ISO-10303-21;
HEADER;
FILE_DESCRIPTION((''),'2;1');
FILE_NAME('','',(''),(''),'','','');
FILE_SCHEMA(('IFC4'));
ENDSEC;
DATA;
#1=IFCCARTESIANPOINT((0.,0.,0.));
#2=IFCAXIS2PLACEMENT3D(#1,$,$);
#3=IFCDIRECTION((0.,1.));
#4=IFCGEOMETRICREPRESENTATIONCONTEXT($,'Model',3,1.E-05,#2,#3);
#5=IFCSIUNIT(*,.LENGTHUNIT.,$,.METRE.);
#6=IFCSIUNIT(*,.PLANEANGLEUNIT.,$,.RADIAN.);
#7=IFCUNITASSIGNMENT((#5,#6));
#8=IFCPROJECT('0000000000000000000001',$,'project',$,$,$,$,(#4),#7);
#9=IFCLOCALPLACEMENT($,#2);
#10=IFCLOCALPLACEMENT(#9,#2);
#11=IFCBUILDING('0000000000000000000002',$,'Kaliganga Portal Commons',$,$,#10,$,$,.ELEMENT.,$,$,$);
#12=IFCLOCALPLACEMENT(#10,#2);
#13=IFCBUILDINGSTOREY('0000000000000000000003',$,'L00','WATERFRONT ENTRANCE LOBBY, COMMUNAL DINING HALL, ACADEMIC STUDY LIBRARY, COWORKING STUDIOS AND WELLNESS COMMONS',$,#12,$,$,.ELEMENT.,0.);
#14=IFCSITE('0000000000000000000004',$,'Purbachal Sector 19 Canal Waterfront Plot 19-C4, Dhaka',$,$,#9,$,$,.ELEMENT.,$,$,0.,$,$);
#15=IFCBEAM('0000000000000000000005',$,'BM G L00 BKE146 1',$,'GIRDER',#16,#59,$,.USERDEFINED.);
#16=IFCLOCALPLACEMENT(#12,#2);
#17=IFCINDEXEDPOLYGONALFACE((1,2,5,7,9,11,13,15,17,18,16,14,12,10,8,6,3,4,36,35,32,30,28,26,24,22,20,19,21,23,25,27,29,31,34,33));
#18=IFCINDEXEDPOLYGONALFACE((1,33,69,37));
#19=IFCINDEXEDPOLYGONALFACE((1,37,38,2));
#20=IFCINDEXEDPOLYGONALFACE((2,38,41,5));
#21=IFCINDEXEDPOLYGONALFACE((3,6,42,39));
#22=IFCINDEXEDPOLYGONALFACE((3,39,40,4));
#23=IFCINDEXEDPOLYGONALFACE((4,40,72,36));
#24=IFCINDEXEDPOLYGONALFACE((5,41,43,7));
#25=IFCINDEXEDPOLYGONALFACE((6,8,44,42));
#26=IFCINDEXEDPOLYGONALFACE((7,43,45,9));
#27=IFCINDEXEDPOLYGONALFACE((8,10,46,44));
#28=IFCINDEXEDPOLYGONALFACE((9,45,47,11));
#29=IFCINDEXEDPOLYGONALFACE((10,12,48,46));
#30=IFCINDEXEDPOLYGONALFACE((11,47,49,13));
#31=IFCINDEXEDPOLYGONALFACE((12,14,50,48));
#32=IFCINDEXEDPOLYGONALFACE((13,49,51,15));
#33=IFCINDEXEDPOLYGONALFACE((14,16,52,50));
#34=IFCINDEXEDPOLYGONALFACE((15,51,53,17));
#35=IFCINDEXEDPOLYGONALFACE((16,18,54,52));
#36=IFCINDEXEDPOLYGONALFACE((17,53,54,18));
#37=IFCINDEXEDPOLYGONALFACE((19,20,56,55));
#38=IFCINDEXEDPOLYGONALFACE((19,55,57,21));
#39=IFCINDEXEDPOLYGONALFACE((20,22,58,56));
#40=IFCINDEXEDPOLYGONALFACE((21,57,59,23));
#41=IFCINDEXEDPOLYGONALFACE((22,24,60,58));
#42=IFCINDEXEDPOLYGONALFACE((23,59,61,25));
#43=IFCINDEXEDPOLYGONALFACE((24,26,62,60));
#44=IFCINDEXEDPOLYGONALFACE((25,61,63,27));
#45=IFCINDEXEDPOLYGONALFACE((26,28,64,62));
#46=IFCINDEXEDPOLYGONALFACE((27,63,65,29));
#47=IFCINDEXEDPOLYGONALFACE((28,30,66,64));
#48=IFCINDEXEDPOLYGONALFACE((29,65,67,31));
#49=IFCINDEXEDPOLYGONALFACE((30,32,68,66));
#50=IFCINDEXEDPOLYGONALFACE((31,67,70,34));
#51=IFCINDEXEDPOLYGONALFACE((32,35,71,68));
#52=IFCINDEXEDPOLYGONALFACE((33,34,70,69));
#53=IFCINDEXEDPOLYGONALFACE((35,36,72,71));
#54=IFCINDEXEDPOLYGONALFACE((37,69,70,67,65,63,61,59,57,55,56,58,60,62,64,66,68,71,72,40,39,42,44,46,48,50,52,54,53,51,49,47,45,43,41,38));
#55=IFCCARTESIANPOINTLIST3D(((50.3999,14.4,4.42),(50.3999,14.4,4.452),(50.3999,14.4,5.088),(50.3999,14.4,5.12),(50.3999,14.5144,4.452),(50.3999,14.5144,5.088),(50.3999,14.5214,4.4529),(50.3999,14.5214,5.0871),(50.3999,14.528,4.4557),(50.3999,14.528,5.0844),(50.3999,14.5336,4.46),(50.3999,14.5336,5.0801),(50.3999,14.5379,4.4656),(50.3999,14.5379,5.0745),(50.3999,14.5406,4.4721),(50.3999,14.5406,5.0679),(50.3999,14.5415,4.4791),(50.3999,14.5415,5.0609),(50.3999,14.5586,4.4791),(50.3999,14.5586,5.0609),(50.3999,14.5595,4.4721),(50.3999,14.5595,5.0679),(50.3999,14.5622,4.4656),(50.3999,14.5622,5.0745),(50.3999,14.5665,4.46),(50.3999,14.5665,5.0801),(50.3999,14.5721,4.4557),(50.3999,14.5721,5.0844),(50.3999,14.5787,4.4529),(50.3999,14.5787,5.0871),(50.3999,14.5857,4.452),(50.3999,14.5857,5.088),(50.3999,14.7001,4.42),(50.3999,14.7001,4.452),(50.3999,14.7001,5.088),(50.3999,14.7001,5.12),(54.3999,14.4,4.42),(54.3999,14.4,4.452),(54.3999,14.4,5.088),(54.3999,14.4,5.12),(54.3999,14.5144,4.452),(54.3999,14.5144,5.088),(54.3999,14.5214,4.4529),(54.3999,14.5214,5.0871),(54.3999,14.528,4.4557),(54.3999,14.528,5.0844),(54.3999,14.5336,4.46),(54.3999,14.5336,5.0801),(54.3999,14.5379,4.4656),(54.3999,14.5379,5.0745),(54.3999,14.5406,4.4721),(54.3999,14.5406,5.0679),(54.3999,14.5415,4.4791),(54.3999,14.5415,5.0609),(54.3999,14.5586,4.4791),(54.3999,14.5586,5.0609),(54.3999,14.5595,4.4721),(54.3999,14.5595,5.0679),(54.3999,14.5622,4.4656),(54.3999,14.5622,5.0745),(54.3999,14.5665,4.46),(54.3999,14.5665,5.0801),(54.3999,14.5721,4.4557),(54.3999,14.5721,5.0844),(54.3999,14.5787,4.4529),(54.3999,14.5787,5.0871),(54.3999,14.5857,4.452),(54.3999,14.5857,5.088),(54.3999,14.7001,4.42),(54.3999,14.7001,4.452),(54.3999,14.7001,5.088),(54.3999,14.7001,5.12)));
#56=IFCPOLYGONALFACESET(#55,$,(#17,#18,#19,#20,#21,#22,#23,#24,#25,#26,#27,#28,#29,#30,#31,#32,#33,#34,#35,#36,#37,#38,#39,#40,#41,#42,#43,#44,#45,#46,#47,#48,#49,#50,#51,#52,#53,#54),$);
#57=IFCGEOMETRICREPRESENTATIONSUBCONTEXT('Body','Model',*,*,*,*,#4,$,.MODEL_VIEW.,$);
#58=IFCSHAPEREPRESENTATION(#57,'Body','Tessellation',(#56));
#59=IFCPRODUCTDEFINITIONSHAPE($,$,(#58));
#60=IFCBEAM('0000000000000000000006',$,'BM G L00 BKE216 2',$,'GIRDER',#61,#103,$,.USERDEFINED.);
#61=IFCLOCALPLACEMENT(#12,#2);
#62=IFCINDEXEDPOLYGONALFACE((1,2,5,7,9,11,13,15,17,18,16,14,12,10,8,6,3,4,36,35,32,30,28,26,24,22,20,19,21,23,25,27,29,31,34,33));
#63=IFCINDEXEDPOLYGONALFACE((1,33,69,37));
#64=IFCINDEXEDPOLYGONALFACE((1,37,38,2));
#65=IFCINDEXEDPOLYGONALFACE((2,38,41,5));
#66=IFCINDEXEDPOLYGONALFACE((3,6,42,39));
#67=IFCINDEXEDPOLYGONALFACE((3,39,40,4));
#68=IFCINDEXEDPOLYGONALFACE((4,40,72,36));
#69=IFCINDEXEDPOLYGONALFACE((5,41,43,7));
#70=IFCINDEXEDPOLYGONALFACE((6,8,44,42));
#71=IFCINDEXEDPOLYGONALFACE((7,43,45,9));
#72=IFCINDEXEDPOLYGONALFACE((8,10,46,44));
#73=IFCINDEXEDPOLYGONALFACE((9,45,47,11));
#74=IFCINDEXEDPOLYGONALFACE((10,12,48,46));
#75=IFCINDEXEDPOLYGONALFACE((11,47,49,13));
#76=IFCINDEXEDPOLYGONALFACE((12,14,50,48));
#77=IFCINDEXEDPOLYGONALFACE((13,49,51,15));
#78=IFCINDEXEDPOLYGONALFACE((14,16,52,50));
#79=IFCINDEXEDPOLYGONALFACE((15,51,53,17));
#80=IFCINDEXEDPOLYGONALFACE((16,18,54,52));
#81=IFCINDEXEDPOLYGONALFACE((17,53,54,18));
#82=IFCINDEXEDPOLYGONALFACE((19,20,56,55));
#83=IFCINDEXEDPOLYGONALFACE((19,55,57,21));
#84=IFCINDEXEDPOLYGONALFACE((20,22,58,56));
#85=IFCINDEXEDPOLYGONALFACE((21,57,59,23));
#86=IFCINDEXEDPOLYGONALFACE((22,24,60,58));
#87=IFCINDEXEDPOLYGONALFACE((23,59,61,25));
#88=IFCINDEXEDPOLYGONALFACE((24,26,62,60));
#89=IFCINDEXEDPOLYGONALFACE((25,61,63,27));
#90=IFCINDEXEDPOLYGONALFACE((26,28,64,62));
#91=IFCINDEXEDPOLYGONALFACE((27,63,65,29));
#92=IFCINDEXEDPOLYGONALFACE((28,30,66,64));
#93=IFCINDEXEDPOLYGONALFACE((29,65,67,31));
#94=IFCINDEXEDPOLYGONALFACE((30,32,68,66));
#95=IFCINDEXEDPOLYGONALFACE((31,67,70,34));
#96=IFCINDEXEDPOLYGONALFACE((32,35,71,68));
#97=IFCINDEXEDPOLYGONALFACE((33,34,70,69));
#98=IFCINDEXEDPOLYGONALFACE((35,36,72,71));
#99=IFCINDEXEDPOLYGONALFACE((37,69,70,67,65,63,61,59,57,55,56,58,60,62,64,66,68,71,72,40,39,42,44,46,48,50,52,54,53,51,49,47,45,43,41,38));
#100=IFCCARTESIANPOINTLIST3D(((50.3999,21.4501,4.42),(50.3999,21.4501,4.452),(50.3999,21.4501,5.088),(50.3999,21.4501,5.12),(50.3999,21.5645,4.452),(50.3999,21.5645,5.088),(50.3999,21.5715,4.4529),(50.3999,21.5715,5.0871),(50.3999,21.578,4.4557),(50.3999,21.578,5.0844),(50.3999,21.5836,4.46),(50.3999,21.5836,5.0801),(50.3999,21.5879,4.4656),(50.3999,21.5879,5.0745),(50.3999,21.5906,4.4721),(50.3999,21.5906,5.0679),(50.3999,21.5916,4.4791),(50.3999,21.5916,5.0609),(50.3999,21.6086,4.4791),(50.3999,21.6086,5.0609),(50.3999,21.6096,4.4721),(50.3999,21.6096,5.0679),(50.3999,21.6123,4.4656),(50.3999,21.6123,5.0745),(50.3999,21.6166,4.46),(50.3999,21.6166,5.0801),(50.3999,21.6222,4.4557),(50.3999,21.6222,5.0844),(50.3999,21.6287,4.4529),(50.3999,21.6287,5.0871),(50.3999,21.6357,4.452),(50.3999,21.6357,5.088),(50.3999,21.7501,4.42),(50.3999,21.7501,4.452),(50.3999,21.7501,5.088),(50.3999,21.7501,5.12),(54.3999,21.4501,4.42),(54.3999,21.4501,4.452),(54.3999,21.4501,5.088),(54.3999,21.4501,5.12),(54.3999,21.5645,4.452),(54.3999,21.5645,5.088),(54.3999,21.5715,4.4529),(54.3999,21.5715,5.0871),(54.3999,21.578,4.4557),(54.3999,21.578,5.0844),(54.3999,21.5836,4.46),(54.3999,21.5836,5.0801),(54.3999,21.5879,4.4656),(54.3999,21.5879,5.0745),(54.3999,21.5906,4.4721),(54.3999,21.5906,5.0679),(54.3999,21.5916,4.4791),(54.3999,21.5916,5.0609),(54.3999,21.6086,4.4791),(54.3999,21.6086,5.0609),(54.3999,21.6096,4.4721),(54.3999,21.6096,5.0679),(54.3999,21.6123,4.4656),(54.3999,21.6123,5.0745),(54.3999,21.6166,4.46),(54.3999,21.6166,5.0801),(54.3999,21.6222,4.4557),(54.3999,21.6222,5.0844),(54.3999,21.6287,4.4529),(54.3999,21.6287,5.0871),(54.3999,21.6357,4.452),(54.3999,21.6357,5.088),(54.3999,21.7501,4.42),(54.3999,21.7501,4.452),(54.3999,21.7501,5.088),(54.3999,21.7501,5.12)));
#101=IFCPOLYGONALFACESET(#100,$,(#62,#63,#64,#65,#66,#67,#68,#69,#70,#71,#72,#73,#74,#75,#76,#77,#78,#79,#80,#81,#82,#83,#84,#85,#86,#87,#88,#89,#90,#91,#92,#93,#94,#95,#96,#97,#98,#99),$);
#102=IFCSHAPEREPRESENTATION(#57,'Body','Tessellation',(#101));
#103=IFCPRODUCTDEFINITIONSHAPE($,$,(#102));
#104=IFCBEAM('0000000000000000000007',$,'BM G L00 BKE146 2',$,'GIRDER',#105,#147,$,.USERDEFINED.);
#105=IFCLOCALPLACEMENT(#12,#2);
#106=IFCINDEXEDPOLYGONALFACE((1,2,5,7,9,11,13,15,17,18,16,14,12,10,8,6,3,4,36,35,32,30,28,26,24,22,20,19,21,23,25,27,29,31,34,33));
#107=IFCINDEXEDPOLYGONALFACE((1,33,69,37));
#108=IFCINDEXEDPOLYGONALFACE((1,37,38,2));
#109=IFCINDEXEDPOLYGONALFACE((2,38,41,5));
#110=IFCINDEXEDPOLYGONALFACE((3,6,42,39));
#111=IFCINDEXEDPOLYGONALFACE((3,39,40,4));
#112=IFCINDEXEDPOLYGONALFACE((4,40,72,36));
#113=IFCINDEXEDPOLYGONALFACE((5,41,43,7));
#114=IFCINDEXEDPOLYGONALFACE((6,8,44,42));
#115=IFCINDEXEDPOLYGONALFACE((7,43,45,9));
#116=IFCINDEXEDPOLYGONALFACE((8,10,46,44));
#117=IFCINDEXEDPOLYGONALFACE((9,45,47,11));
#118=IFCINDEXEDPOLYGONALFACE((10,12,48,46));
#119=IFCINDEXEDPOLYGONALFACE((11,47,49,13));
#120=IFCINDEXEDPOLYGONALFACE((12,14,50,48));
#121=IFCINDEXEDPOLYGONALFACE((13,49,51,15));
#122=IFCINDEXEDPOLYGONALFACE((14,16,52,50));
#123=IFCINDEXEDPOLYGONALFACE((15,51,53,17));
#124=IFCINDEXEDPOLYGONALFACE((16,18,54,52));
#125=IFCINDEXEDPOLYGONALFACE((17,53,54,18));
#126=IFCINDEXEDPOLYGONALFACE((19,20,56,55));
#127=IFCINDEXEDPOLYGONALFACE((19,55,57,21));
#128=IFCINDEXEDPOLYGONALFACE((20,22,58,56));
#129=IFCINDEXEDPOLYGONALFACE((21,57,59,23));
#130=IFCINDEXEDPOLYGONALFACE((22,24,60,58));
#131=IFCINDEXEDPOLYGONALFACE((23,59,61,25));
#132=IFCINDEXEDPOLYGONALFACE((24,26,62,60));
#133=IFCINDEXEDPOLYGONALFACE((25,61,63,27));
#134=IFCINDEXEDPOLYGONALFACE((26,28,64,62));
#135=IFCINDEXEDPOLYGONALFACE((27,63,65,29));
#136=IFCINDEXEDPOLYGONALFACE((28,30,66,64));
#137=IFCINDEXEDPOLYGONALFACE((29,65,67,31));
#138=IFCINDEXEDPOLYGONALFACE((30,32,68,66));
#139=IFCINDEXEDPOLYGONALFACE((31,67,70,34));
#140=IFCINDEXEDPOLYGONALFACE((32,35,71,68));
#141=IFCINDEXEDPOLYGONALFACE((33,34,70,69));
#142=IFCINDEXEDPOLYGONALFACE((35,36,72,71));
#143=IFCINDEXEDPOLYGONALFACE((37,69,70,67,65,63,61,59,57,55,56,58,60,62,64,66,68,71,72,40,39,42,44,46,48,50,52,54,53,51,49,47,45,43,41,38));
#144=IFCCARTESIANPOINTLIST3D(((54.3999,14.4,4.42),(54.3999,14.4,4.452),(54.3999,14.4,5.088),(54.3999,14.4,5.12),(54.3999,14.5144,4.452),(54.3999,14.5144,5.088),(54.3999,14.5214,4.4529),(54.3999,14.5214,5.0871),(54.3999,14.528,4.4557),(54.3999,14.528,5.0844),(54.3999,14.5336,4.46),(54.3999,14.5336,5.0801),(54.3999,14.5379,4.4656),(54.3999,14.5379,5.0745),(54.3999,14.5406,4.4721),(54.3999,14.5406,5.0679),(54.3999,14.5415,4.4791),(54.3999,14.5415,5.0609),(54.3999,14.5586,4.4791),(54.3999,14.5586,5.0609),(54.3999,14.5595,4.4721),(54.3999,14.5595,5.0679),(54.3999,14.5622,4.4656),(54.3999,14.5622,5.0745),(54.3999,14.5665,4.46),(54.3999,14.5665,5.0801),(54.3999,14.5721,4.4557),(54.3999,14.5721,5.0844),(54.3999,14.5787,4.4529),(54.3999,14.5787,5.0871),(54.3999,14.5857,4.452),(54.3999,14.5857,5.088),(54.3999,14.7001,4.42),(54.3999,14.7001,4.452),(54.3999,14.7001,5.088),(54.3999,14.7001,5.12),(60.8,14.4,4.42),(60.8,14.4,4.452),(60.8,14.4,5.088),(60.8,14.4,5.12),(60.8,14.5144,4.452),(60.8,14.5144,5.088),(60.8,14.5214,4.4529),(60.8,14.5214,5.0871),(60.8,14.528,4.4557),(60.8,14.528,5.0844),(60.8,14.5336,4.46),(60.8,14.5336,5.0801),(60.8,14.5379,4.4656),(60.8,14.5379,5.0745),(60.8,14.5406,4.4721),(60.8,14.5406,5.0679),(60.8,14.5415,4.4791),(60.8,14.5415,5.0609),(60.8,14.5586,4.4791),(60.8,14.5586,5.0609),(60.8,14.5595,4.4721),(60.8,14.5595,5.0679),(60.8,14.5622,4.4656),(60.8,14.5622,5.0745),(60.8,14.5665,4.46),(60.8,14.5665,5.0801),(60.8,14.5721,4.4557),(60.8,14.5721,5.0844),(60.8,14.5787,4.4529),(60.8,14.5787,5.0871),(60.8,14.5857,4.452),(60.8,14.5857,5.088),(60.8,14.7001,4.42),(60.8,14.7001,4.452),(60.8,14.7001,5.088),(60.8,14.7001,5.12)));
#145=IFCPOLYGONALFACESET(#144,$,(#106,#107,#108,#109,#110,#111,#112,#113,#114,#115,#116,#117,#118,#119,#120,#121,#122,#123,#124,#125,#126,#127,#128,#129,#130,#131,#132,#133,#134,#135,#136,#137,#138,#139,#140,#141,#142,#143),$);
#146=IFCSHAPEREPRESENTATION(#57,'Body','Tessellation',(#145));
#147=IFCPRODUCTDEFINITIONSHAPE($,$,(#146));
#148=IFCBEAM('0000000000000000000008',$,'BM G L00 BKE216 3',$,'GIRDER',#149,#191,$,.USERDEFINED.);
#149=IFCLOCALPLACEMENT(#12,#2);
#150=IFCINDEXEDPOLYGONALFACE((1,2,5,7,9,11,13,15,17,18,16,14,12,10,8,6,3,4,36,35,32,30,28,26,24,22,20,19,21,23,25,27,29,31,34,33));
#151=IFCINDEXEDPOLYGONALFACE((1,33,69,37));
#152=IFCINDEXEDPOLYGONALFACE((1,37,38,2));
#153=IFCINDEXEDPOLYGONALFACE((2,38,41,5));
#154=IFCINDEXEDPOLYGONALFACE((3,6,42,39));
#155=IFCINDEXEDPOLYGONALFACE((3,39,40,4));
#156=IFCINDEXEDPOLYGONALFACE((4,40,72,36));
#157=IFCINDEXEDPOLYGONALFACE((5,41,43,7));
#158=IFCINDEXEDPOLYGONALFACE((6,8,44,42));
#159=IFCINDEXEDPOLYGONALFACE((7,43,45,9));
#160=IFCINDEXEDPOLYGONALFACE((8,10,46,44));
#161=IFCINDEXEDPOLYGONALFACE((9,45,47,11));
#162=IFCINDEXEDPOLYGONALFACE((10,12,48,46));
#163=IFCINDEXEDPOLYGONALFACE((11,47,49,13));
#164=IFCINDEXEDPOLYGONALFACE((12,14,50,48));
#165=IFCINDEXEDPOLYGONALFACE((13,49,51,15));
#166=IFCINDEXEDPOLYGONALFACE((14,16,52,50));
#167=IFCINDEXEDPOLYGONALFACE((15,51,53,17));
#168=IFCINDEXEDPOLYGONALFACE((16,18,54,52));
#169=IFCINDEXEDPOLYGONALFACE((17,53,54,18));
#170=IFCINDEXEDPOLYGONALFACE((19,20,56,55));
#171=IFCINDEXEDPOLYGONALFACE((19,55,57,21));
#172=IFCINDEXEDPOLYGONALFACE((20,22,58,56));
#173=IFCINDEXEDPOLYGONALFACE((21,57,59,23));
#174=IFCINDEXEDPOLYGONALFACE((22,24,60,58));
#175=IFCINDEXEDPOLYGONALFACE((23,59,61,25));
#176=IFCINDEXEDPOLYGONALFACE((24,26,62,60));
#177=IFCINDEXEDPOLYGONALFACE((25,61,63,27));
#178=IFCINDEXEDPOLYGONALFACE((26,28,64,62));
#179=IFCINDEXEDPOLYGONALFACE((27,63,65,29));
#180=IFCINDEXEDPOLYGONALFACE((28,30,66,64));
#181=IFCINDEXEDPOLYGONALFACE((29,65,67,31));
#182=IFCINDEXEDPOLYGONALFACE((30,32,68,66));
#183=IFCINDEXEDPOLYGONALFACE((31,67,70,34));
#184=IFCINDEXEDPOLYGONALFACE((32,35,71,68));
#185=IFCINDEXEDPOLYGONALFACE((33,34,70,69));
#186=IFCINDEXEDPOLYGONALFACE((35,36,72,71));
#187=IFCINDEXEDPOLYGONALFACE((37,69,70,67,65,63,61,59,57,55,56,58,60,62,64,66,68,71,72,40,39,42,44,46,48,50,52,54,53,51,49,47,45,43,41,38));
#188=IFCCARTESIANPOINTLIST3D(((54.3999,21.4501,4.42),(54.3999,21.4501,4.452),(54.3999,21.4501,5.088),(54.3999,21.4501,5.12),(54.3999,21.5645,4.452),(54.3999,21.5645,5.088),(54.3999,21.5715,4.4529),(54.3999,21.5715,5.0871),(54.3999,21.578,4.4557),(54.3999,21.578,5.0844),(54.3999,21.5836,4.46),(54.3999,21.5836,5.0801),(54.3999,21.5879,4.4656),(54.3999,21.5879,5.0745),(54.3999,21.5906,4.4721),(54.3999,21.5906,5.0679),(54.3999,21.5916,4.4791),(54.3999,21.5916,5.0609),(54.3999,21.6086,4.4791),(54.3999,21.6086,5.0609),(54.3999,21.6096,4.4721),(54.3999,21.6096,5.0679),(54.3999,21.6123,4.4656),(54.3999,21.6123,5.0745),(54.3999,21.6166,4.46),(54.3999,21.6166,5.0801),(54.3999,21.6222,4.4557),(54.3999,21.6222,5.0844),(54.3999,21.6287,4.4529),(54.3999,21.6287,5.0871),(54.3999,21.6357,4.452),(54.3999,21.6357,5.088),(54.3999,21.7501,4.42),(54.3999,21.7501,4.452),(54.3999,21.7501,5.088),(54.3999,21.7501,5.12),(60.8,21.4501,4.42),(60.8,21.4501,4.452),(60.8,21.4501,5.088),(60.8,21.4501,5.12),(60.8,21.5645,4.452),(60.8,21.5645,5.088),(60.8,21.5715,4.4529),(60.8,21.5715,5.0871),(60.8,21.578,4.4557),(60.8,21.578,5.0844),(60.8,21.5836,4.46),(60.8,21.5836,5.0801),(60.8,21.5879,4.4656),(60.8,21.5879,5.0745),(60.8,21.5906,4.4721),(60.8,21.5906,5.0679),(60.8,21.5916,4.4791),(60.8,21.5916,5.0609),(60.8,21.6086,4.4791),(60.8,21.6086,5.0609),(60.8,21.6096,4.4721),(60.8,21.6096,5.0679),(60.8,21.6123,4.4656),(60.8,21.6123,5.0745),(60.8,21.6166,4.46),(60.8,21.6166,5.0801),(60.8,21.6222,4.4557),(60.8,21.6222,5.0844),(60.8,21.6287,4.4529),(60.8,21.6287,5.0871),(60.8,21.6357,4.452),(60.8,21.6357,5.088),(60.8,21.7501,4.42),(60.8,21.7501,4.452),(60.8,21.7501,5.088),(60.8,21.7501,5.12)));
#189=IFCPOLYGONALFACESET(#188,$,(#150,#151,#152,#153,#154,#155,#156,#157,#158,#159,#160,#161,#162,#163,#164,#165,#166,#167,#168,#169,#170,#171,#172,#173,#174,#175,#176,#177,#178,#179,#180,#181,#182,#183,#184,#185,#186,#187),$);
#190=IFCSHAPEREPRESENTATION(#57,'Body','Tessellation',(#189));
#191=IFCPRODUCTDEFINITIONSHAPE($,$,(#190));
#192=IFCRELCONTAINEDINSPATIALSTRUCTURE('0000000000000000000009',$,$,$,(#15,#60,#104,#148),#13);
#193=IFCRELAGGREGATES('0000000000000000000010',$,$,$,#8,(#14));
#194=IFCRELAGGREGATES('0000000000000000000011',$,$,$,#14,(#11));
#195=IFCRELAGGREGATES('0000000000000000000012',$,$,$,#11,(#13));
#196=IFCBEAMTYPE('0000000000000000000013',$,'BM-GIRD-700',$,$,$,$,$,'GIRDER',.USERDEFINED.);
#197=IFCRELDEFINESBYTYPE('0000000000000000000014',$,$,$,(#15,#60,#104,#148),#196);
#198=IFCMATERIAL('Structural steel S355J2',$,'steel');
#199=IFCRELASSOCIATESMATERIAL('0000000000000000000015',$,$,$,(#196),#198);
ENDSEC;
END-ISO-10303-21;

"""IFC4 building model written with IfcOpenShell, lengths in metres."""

from ifc_helpers import new_model, si_unit, direction, frame, origin, origin_2d, place, context, subcontext, project, spatial, i_section, extrude, source, transform, mapped, material, material_profile, profile_set, type_object, element, save


model = new_model("IFC4")

# Units and contexts
model_context = context("Model", 3, precision=1e-05, world=origin(), true_north=direction((0.0, 1.0)))
body_context = subcontext(model_context, "Body", "Model", "MODEL_VIEW")
ifc_project = project(units=[si_unit("LENGTHUNIT", "METRE"), si_unit("PLANEANGLEUNIT", "RADIAN")], contexts=[model_context])

# Site, building, storey
site_placement = place(None, origin())
site = spatial("IfcSite", under=ifc_project, at=site_placement, Name="Purbachal Sector 19 Canal Waterfront Plot 19-C4, Dhaka", CompositionType="ELEMENT", RefElevation=0.0)
building_placement = place(site_placement, origin())
building = spatial("IfcBuilding", under=site, at=building_placement, Name="Kaliganga Portal Commons", CompositionType="ELEMENT")
storey_placement = place(building_placement, origin())
storey = spatial("IfcBuildingStorey", under=building, at=storey_placement, Name="L00", Description="WATERFRONT ENTRANCE LOBBY, COMMUNAL DINING HALL, ACADEMIC STUDY LIBRARY, COWORKING STUDIOS AND WELLNESS COMMONS", CompositionType="ELEMENT", Elevation=0.0)

# Beams
ifc_material_1 = material(Name="Structural steel S355J2", Category="steel")
ifc_material_profile_1 = material_profile(ifc_material_1, i_section(OverallWidth=0.3, OverallDepth=0.7, WebThickness=0.0171, FlangeThickness=0.032, FilletRadius=0.0271, at=origin_2d()), Name="HE 700 B")
ifc_profile_set_1 = profile_set([ifc_material_profile_1], Name="Structural steel S355J2 wide-flange")
beam_type_1 = type_object("IfcBeamType", Name="BM-GIRD-700", ElementType="GIRDER", PredefinedType="USERDEFINED", material=ifc_profile_set_1)
shared_shape_1 = source(origin(), body_context, "Body", "SweptSolid", [
    extrude(i_section(OverallWidth=0.3, OverallDepth=0.7, WebThickness=0.0171, FlangeThickness=0.032, FilletRadius=0.0271, at=origin_2d()), origin(), (0.0, 0.0, 1.0), 4.0),
])
for number, where, z_axis, x_axis, name in (
    (1, (50.3999, 14.55, 4.77), (1.0, 0.0, 0.0), (0.0, 1.0, 0.0), "BM G L00 BKE146 1"),
    (2, (50.3999, 21.6001, 4.77), (1.0, 0.0, 0.0), (0.0, 1.0, 0.0), "BM G L00 BKE216 2"),
):
    element("IfcBeam", number, at=place(storey_placement, frame(where, z_axis=z_axis, x_axis=x_axis)), inside=storey, type_object=beam_type_1, Name=name, ObjectType="GIRDER", PredefinedType="USERDEFINED", context=body_context, shape_type="MappedRepresentation", body=[
        mapped(shared_shape_1, transform((0.0, 0.0, 0.0), x_axis=(1.0, 0.0, 0.0), y_axis=(0.0, 1.0, 0.0), z_axis=(0.0, 0.0, 1.0), scale=1.0)),
    ])
shared_shape_2 = source(origin(), body_context, "Body", "SweptSolid", [
    extrude(i_section(OverallWidth=0.3, OverallDepth=0.7, WebThickness=0.0171, FlangeThickness=0.032, FilletRadius=0.0271, at=origin_2d()), origin(), (0.0, 0.0, 1.0), 6.4001),
])
for number, where, z_axis, x_axis, name in (
    (3, (54.3999, 14.55, 4.77), (1.0, 0.0, 0.0), (0.0, 1.0, 0.0), "BM G L00 BKE146 2"),
    (4, (54.3999, 21.6001, 4.77), (1.0, 0.0, 0.0), (0.0, 1.0, 0.0), "BM G L00 BKE216 3"),
):
    element("IfcBeam", number, at=place(storey_placement, frame(where, z_axis=z_axis, x_axis=x_axis)), inside=storey, type_object=beam_type_1, Name=name, ObjectType="GIRDER", PredefinedType="USERDEFINED", context=body_context, shape_type="MappedRepresentation", body=[
        mapped(shared_shape_2, transform((0.0, 0.0, 0.0), x_axis=(1.0, 0.0, 0.0), y_axis=(0.0, 1.0, 0.0), z_axis=(0.0, 0.0, 1.0), scale=1.0)),
    ])

save(model, "model.ifc")
